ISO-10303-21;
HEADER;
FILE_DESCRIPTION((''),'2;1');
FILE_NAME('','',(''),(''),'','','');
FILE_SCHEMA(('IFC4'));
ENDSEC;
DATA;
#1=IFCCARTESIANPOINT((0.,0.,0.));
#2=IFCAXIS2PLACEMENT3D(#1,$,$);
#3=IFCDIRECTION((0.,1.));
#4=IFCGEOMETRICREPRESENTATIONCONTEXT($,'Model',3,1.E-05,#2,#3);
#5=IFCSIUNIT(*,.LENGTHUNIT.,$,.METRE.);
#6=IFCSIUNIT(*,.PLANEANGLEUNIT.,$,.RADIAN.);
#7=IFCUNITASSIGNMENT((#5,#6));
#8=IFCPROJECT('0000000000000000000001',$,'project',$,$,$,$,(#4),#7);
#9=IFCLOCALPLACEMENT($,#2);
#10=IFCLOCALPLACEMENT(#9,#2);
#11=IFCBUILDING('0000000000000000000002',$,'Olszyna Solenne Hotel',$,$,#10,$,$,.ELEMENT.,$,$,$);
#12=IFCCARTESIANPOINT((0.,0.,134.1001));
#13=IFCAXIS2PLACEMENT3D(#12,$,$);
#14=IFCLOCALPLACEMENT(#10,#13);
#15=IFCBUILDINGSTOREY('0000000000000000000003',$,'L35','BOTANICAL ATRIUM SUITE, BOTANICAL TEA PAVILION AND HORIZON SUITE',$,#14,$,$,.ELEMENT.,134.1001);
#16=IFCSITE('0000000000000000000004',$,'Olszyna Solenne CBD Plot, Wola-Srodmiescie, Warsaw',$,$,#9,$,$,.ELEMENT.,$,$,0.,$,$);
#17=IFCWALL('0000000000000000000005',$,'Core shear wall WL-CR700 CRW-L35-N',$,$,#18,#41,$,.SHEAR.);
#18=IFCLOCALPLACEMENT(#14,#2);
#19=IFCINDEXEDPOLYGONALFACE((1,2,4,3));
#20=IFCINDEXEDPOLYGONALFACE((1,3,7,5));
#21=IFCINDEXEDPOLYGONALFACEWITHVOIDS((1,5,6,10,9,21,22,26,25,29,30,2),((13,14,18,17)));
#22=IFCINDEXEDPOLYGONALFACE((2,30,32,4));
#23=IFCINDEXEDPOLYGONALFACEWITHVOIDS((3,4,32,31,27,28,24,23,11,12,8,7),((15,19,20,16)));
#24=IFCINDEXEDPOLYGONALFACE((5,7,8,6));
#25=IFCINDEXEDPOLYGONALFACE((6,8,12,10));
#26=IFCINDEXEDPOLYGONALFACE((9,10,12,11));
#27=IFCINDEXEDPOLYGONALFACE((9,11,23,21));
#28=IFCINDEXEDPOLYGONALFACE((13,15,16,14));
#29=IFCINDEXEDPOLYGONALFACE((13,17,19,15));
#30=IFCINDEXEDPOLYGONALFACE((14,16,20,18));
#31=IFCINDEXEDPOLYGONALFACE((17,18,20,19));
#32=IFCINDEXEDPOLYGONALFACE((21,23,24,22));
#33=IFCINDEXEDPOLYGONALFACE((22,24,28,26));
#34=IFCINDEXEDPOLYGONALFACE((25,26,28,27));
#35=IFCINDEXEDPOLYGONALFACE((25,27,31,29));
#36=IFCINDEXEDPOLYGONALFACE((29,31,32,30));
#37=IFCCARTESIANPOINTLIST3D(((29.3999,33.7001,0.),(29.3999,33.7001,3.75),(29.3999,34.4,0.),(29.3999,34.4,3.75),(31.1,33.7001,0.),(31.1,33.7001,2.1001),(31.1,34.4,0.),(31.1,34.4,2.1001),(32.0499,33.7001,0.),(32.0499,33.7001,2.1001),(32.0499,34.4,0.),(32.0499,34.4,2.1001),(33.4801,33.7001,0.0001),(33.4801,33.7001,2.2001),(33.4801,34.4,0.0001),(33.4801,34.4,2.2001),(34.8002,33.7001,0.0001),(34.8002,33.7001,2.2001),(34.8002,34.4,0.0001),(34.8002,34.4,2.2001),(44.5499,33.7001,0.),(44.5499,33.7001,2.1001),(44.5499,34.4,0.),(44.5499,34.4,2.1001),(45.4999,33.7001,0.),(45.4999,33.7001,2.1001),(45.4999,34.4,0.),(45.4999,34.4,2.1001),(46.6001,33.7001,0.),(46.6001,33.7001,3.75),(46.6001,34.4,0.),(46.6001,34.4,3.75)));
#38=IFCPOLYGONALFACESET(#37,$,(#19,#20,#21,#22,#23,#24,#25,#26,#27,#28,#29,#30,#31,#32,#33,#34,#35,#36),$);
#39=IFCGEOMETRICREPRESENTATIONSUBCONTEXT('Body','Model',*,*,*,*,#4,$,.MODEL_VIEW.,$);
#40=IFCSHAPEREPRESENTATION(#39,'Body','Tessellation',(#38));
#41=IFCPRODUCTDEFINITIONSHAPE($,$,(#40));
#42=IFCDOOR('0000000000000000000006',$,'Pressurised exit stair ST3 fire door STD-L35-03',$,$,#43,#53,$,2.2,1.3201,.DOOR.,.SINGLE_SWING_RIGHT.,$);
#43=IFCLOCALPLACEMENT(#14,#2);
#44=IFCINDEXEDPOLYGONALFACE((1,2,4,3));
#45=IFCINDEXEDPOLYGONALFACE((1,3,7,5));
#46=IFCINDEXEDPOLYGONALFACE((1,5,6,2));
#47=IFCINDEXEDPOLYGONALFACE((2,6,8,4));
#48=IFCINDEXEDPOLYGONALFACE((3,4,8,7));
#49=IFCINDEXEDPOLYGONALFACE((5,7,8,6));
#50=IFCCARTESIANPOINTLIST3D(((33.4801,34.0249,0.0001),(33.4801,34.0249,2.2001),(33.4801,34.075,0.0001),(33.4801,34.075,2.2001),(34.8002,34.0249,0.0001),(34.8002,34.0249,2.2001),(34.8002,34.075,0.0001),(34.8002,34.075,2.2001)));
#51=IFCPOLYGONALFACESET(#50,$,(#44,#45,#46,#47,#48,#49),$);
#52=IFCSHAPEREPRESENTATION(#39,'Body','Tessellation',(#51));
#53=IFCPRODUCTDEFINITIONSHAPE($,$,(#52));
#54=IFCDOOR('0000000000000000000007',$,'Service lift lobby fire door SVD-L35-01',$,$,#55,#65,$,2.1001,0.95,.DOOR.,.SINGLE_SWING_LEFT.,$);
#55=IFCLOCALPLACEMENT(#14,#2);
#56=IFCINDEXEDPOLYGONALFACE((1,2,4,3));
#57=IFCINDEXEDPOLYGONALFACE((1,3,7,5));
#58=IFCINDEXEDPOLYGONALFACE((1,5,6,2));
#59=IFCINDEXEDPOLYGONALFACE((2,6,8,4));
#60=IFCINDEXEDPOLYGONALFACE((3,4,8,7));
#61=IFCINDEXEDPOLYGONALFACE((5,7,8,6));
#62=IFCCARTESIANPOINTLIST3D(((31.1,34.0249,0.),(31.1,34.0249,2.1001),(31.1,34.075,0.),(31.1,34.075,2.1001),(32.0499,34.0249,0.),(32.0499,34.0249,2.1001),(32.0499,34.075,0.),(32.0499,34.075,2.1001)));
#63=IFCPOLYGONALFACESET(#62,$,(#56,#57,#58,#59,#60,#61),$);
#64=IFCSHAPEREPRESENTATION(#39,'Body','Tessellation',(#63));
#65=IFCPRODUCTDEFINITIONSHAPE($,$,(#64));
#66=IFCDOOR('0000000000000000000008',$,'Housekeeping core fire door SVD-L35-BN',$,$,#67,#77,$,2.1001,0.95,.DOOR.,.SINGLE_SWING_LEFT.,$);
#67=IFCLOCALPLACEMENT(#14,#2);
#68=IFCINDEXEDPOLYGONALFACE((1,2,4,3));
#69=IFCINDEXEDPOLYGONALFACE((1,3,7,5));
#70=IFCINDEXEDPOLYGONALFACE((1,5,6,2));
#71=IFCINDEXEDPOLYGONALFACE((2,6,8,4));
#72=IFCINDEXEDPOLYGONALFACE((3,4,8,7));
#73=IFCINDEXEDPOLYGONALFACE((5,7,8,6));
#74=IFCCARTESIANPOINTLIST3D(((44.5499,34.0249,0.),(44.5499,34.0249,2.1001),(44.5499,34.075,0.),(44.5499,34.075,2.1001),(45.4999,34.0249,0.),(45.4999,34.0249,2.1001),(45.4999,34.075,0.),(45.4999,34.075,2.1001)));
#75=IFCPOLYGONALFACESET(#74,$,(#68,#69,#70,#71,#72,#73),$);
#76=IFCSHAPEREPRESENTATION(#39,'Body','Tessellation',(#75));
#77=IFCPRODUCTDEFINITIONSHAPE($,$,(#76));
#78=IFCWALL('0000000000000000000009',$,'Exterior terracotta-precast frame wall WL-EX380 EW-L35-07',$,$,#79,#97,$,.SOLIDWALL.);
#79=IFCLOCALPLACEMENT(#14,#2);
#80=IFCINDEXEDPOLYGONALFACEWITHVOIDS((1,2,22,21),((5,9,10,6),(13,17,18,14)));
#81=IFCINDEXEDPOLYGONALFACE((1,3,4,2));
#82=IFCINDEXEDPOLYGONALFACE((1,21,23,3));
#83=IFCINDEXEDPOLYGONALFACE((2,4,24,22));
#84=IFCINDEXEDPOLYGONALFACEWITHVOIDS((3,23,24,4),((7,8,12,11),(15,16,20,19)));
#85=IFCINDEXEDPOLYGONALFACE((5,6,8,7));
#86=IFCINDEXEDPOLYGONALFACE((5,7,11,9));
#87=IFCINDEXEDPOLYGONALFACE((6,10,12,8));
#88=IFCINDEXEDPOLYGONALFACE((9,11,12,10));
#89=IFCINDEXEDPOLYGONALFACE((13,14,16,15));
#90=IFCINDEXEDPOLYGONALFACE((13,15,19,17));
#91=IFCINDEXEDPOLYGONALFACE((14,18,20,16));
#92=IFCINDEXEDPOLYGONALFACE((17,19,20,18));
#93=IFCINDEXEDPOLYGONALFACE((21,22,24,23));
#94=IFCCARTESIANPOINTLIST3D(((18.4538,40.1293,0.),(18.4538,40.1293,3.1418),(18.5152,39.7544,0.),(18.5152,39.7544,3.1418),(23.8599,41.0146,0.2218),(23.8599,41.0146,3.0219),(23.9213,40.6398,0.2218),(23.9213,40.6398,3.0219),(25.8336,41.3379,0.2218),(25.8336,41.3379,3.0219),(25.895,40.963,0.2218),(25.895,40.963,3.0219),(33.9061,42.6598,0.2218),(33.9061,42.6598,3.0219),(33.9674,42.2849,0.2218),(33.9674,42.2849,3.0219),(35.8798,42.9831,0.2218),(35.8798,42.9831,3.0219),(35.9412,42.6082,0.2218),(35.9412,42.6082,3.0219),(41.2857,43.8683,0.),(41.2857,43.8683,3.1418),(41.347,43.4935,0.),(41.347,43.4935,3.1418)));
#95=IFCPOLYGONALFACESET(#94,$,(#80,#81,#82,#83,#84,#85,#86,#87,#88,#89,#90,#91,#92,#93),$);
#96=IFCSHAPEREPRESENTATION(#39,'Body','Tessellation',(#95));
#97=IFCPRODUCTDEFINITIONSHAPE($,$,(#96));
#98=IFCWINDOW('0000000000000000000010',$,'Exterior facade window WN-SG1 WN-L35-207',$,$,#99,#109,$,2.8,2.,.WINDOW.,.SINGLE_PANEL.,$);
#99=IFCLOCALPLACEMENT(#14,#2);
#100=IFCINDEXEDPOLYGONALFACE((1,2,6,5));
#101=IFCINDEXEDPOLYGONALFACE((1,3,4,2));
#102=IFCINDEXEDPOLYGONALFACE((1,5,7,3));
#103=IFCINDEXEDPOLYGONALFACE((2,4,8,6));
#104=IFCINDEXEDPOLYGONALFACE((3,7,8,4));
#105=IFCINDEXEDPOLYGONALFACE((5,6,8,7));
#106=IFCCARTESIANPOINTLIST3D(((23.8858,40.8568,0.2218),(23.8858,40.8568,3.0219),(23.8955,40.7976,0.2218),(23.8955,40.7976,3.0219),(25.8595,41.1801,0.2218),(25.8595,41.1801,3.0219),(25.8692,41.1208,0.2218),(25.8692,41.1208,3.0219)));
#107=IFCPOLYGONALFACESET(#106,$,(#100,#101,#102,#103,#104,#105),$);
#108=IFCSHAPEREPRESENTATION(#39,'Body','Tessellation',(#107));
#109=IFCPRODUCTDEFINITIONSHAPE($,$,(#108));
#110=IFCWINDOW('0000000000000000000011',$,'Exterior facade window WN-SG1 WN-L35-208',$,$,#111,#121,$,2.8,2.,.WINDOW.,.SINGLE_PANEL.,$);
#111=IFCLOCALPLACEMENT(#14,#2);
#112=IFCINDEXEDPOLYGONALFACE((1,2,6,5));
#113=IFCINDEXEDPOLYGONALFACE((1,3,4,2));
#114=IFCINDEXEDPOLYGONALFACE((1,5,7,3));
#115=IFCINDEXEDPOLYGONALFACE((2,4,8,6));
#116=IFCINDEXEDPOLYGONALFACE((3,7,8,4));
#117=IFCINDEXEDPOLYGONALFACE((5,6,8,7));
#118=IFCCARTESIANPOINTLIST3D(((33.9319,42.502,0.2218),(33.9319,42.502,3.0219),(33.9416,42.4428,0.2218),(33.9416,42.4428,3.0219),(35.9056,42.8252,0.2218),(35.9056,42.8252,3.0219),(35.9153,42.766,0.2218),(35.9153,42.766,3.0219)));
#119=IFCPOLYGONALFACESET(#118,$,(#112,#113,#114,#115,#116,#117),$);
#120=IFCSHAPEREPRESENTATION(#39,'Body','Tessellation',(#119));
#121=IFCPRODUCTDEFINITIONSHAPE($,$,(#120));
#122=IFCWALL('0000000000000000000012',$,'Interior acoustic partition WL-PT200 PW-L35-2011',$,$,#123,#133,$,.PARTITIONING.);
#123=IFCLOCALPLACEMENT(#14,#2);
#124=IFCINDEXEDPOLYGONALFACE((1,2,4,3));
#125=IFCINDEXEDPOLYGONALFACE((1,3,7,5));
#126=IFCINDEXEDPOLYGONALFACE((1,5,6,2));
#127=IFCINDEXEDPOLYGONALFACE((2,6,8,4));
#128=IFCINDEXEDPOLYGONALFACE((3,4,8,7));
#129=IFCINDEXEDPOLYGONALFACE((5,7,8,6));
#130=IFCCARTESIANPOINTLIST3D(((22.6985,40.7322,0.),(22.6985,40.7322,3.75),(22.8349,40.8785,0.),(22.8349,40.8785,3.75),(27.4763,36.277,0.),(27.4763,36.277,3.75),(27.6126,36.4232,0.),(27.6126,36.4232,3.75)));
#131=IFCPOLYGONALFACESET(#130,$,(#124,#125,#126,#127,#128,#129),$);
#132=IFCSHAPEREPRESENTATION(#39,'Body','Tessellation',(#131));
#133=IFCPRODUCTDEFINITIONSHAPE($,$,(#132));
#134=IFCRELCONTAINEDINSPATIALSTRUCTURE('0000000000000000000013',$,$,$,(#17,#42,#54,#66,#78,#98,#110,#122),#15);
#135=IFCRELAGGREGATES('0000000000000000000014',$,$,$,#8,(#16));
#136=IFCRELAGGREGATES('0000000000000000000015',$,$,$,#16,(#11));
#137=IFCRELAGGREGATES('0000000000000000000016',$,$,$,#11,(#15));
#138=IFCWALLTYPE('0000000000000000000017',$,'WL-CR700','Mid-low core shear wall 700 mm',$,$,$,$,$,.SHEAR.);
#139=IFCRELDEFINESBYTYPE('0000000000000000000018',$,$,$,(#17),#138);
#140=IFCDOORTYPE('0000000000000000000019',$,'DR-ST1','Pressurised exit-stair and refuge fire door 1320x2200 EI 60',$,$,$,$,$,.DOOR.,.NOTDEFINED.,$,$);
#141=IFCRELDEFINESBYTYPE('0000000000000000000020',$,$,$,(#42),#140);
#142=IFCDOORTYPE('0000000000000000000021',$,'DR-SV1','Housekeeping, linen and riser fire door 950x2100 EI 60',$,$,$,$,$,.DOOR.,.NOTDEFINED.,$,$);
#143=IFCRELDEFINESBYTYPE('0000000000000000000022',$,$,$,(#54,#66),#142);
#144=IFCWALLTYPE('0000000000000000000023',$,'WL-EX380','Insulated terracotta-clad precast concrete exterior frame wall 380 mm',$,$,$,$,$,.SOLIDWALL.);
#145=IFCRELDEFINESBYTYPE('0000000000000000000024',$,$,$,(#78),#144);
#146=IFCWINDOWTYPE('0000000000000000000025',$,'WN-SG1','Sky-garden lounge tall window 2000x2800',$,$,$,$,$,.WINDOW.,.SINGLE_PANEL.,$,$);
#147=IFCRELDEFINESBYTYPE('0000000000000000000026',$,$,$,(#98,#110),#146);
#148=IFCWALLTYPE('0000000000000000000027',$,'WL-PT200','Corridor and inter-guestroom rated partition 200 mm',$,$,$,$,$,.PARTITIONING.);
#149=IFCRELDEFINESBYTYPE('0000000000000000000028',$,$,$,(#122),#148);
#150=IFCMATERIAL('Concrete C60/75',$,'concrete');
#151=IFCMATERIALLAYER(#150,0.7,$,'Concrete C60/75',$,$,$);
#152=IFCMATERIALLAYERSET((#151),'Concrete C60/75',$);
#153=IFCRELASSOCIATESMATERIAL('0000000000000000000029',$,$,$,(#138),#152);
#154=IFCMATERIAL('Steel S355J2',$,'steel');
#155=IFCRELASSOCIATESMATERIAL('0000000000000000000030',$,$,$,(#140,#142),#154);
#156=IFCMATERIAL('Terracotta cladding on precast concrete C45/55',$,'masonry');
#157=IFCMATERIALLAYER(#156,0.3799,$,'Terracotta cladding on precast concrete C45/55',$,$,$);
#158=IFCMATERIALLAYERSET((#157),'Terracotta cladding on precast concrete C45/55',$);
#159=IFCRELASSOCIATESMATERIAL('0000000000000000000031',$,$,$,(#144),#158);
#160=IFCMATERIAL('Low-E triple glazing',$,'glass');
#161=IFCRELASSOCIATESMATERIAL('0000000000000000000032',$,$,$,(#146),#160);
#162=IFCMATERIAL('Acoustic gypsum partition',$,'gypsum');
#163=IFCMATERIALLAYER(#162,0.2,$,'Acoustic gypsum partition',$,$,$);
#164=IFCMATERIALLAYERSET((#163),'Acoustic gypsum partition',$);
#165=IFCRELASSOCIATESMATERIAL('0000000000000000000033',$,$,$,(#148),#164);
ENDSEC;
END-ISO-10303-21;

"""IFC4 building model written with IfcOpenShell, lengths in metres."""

from ifc_helpers import new_model, si_unit, direction, frame, frame_2d, origin, place, context, subcontext, project, spatial, rectangle, extrude, source, transform, mapped, material, layer, layer_set, type_object, type_shapes, element, fill, save


model = new_model("IFC4")

# Units and contexts
model_context = context("Model", 3, precision=1e-05, world=origin(), true_north=direction((0.0, 1.0)))
body_context = subcontext(model_context, "Body", "Model", "MODEL_VIEW")
ifc_project = project(units=[si_unit("LENGTHUNIT", "METRE"), si_unit("PLANEANGLEUNIT", "RADIAN")], contexts=[model_context])

# Site, building, storey
site_placement = place(None, origin())
site = spatial("IfcSite", under=ifc_project, at=site_placement, Name="Olszyna Solenne CBD Plot, Wola-Srodmiescie, Warsaw", CompositionType="ELEMENT", RefElevation=0.0)
building_placement = place(site_placement, origin())
building = spatial("IfcBuilding", under=site, at=building_placement, Name="Olszyna Solenne Hotel", CompositionType="ELEMENT")
storey_placement = place(building_placement, frame((0.0, 0.0, 134.1001)))
storey = spatial("IfcBuildingStorey", under=building, at=storey_placement, Name="L35", Description="BOTANICAL ATRIUM SUITE, BOTANICAL TEA PAVILION AND HORIZON SUITE", CompositionType="ELEMENT", Elevation=134.1001)

# Shared definitions
ifc_material_1 = material(Name="Steel S355J2", Category="steel")

# Wall, openings, doors
ifc_material_2 = material(Name="Concrete C60/75", Category="concrete")
ifc_layer_1 = layer(ifc_material_2, 0.7, Name="Concrete C60/75")
ifc_layer_set_1 = layer_set([ifc_layer_1], Name="Concrete C60/75")
wall_type_1 = type_object("IfcWallType", Name="WL-CR700", Description="Mid-low core shear wall 700 mm", PredefinedType="SHEAR", material=ifc_layer_set_1)
wall_1_placement = place(storey_placement, frame((29.3999, 34.05, 0.0), z_axis=(0.0, 0.0, 1.0), x_axis=(1.0, 0.0, 0.0)))
wall_1 = element("IfcWall", 1, at=wall_1_placement, inside=storey, type_object=wall_type_1, Name="Core shear wall WL-CR700 CRW-L35-N", PredefinedType="SHEAR", context=body_context, shape_type="SweptSolid", body=[
    extrude(rectangle(XDim=17.2002, YDim=0.7, at=frame_2d((8.6001, 0.0))), origin(), (0.0, 0.0, 1.0), 3.75),
])
opening_1_placement = place(wall_1_placement, frame((1.7, 0.0, 0.0)))
opening_1 = element("IfcOpeningElement", 2, at=opening_1_placement, cuts=wall_1, PredefinedType="OPENING", context=body_context, shape_type="SweptSolid", body=[
    extrude(rectangle(XDim=0.95, YDim=2.1001, at=frame_2d((0.4751, 1.05))), frame((0.0, 0.3599, 0.0), z_axis=(0.0, -1.0, 0.0), x_axis=(1.0, 0.0, 0.0)), (0.0, 0.0, 1.0), 0.72),
])
opening_2_placement = place(wall_1_placement, frame((4.0801, 0.0, 0.0)))
opening_2 = element("IfcOpeningElement", 3, at=opening_2_placement, cuts=wall_1, PredefinedType="OPENING", context=body_context, shape_type="SweptSolid", body=[
    extrude(rectangle(XDim=1.3201, YDim=2.2, at=frame_2d((0.6602, 1.1001))), frame((0.0, 0.3599, 0.0), z_axis=(0.0, -1.0, 0.0), x_axis=(1.0, 0.0, 0.0)), (0.0, 0.0, 1.0), 0.72),
])
opening_3_placement = place(wall_1_placement, frame((15.1499, 0.0, 0.0)))
opening_3 = element("IfcOpeningElement", 4, at=opening_3_placement, cuts=wall_1, PredefinedType="OPENING", context=body_context, shape_type="SweptSolid", body=[
    extrude(rectangle(XDim=0.95, YDim=2.1001, at=frame_2d((0.4751, 1.05))), frame((0.0, 0.3599, 0.0), z_axis=(0.0, -1.0, 0.0), x_axis=(1.0, 0.0, 0.0)), (0.0, 0.0, 1.0), 0.72),
])
door_type_1 = type_object("IfcDoorType", Name="DR-ST1", Description="Pressurised exit-stair and refuge fire door 1320x2200 EI 60", OperationType="NOTDEFINED", PredefinedType="DOOR", material=ifc_material_1)
shared_shape_1 = source(origin(), body_context, "Body", "SweptSolid", [
    extrude(rectangle(XDim=1.3201, YDim=2.2, at=frame_2d((0.6602, 1.1001))), frame((0.0, 0.0249, 0.0), z_axis=(0.0, -1.0, 0.0), x_axis=(1.0, 0.0, 0.0)), (0.0, 0.0, 1.0), 0.05),
])
type_shapes(door_type_1, [shared_shape_1])
door_1_placement = place(opening_2_placement, origin())
door_1 = element("IfcDoor", 5, at=door_1_placement, inside=storey, type_object=door_type_1, Name="Pressurised exit stair ST3 fire door STD-L35-03", OperationType="SINGLE_SWING_RIGHT", OverallHeight=2.2, OverallWidth=1.3201, PredefinedType="DOOR", context=body_context, shape_type="MappedRepresentation", body=[
    mapped(shared_shape_1, transform((0.0, 0.0, 0.0), x_axis=(1.0, 0.0, 0.0), y_axis=(0.0, 1.0, 0.0), z_axis=(0.0, 0.0, 1.0), scale=1.0)),
])
fill(opening_2, door_1)
door_type_2 = type_object("IfcDoorType", Name="DR-SV1", Description="Housekeeping, linen and riser fire door 950x2100 EI 60", OperationType="NOTDEFINED", PredefinedType="DOOR", material=ifc_material_1)
shared_shape_2 = source(origin(), body_context, "Body", "SweptSolid", [
    extrude(rectangle(XDim=0.95, YDim=2.1001, at=frame_2d((0.4751, 1.05))), frame((0.0, 0.0249, 0.0), z_axis=(0.0, -1.0, 0.0), x_axis=(1.0, 0.0, 0.0)), (0.0, 0.0, 1.0), 0.05),
])
type_shapes(door_type_2, [shared_shape_2])
door_2_placement = place(opening_1_placement, origin())
door_2 = element("IfcDoor", 6, at=door_2_placement, inside=storey, type_object=door_type_2, Name="Service lift lobby fire door SVD-L35-01", OperationType="SINGLE_SWING_LEFT", OverallHeight=2.1001, OverallWidth=0.95, PredefinedType="DOOR", context=body_context, shape_type="MappedRepresentation", body=[
    mapped(shared_shape_2, transform((0.0, 0.0, 0.0), x_axis=(1.0, 0.0, 0.0), y_axis=(0.0, 1.0, 0.0), z_axis=(0.0, 0.0, 1.0), scale=1.0)),
])
fill(opening_1, door_2)
door_3_placement = place(opening_3_placement, origin())
door_3 = element("IfcDoor", 7, at=door_3_placement, inside=storey, type_object=door_type_2, Name="Housekeeping core fire door SVD-L35-BN", OperationType="SINGLE_SWING_LEFT", OverallHeight=2.1001, OverallWidth=0.95, PredefinedType="DOOR", context=body_context, shape_type="MappedRepresentation", body=[
    mapped(shared_shape_2, transform((0.0, 0.0, 0.0), x_axis=(1.0, 0.0, 0.0), y_axis=(0.0, 1.0, 0.0), z_axis=(0.0, 0.0, 1.0), scale=1.0)),
])
fill(opening_3, door_3)

# Wall, openings, windows
ifc_material_3 = material(Name="Terracotta cladding on precast concrete C45/55", Category="masonry")
ifc_layer_2 = layer(ifc_material_3, 0.3799, Name="Terracotta cladding on precast concrete C45/55")
ifc_layer_set_2 = layer_set([ifc_layer_2], Name="Terracotta cladding on precast concrete C45/55")
wall_type_2 = type_object("IfcWallType", Name="WL-EX380", Description="Insulated terracotta-clad precast concrete exterior frame wall 380 mm", PredefinedType="SOLIDWALL", material=ifc_layer_set_2)
wall_2_placement = place(storey_placement, frame((18.4846, 39.9419, 0.0), z_axis=(0.0, 0.0, 1.0), x_axis=(0.986855, 0.161611, 0.0)))
wall_2 = element("IfcWall", 8, at=wall_2_placement, inside=storey, type_object=wall_type_2, Name="Exterior terracotta-precast frame wall WL-EX380 EW-L35-07", PredefinedType="SOLIDWALL", context=body_context, shape_type="SweptSolid", body=[
    extrude(rectangle(XDim=23.136, YDim=0.3799, at=frame_2d((11.5679, 0.0))), origin(), (0.0, 0.0, 1.0), 3.1418),
])
opening_4_placement = place(wall_2_placement, frame((5.478, 0.0, 0.2219)))
opening_4 = element("IfcOpeningElement", 9, at=opening_4_placement, cuts=wall_2, PredefinedType="OPENING", context=body_context, shape_type="SweptSolid", body=[
    extrude(rectangle(XDim=2.0, YDim=2.8, at=frame_2d((1.0, 1.3999))), frame((0.0, 0.2, 0.0), z_axis=(0.0, -1.0, 0.0), x_axis=(1.0, 0.0, 0.0)), (0.0, 0.0, 1.0), 0.3999),
])
opening_5_placement = place(wall_2_placement, frame((15.658, 0.0, 0.2219)))
opening_5 = element("IfcOpeningElement", 10, at=opening_5_placement, cuts=wall_2, PredefinedType="OPENING", context=body_context, shape_type="SweptSolid", body=[
    extrude(rectangle(XDim=2.0, YDim=2.8, at=frame_2d((1.0, 1.3999))), frame((0.0, 0.2, 0.0), z_axis=(0.0, -1.0, 0.0), x_axis=(1.0, 0.0, 0.0)), (0.0, 0.0, 1.0), 0.3999),
])
ifc_material_4 = material(Name="Low-E triple glazing", Category="glass")
window_type = type_object("IfcWindowType", Name="WN-SG1", Description="Sky-garden lounge tall window 2000x2800", PartitioningType="SINGLE_PANEL", PredefinedType="WINDOW", material=ifc_material_4)
shared_shape_3 = source(origin(), body_context, "Body", "SweptSolid", [
    extrude(rectangle(XDim=2.0, YDim=2.8, at=frame_2d((1.0, 1.3999))), frame((0.0, 0.03, 0.0), z_axis=(0.0, -1.0, 0.0), x_axis=(1.0, 0.0, 0.0)), (0.0, 0.0, 1.0), 0.0601),
])
type_shapes(window_type, [shared_shape_3])
window_1_placement = place(opening_4_placement, origin())
window_1 = element("IfcWindow", 11, at=window_1_placement, inside=storey, type_object=window_type, Name="Exterior facade window WN-SG1 WN-L35-207", OverallHeight=2.8, OverallWidth=2.0, PartitioningType="SINGLE_PANEL", PredefinedType="WINDOW", context=body_context, shape_type="MappedRepresentation", body=[
    mapped(shared_shape_3, transform((0.0, 0.0, 0.0), x_axis=(1.0, 0.0, 0.0), y_axis=(0.0, 1.0, 0.0), z_axis=(0.0, 0.0, 1.0), scale=1.0)),
])
fill(opening_4, window_1)
window_2_placement = place(opening_5_placement, origin())
window_2 = element("IfcWindow", 12, at=window_2_placement, inside=storey, type_object=window_type, Name="Exterior facade window WN-SG1 WN-L35-208", OverallHeight=2.8, OverallWidth=2.0, PartitioningType="SINGLE_PANEL", PredefinedType="WINDOW", context=body_context, shape_type="MappedRepresentation", body=[
    mapped(shared_shape_3, transform((0.0, 0.0, 0.0), x_axis=(1.0, 0.0, 0.0), y_axis=(0.0, 1.0, 0.0), z_axis=(0.0, 0.0, 1.0), scale=1.0)),
])
fill(opening_5, window_2)

# Wall
ifc_material_5 = material(Name="Acoustic gypsum partition", Category="gypsum")
ifc_layer_3 = layer(ifc_material_5, 0.2, Name="Acoustic gypsum partition")
ifc_layer_set_3 = layer_set([ifc_layer_3], Name="Acoustic gypsum partition")
wall_type_3 = type_object("IfcWallType", Name="WL-PT200", Description="Corridor and inter-guestroom rated partition 200 mm", PredefinedType="PARTITIONING", material=ifc_layer_set_3)
wall_3_placement = place(storey_placement, frame((27.5444, 36.3501, 0.0), z_axis=(0.0, 0.0, 1.0), x_axis=(-0.73136, 0.681992, 0.0)))
element("IfcWall", 13, at=wall_3_placement, inside=storey, type_object=wall_type_3, Name="Interior acoustic partition WL-PT200 PW-L35-2011", PredefinedType="PARTITIONING", context=body_context, shape_type="SweptSolid", body=[
    extrude(rectangle(XDim=6.5327, YDim=0.2, at=frame_2d((3.2664, 0.0))), origin(), (0.0, 0.0, 1.0), 3.75),
])

save(model, "model.ifc")
